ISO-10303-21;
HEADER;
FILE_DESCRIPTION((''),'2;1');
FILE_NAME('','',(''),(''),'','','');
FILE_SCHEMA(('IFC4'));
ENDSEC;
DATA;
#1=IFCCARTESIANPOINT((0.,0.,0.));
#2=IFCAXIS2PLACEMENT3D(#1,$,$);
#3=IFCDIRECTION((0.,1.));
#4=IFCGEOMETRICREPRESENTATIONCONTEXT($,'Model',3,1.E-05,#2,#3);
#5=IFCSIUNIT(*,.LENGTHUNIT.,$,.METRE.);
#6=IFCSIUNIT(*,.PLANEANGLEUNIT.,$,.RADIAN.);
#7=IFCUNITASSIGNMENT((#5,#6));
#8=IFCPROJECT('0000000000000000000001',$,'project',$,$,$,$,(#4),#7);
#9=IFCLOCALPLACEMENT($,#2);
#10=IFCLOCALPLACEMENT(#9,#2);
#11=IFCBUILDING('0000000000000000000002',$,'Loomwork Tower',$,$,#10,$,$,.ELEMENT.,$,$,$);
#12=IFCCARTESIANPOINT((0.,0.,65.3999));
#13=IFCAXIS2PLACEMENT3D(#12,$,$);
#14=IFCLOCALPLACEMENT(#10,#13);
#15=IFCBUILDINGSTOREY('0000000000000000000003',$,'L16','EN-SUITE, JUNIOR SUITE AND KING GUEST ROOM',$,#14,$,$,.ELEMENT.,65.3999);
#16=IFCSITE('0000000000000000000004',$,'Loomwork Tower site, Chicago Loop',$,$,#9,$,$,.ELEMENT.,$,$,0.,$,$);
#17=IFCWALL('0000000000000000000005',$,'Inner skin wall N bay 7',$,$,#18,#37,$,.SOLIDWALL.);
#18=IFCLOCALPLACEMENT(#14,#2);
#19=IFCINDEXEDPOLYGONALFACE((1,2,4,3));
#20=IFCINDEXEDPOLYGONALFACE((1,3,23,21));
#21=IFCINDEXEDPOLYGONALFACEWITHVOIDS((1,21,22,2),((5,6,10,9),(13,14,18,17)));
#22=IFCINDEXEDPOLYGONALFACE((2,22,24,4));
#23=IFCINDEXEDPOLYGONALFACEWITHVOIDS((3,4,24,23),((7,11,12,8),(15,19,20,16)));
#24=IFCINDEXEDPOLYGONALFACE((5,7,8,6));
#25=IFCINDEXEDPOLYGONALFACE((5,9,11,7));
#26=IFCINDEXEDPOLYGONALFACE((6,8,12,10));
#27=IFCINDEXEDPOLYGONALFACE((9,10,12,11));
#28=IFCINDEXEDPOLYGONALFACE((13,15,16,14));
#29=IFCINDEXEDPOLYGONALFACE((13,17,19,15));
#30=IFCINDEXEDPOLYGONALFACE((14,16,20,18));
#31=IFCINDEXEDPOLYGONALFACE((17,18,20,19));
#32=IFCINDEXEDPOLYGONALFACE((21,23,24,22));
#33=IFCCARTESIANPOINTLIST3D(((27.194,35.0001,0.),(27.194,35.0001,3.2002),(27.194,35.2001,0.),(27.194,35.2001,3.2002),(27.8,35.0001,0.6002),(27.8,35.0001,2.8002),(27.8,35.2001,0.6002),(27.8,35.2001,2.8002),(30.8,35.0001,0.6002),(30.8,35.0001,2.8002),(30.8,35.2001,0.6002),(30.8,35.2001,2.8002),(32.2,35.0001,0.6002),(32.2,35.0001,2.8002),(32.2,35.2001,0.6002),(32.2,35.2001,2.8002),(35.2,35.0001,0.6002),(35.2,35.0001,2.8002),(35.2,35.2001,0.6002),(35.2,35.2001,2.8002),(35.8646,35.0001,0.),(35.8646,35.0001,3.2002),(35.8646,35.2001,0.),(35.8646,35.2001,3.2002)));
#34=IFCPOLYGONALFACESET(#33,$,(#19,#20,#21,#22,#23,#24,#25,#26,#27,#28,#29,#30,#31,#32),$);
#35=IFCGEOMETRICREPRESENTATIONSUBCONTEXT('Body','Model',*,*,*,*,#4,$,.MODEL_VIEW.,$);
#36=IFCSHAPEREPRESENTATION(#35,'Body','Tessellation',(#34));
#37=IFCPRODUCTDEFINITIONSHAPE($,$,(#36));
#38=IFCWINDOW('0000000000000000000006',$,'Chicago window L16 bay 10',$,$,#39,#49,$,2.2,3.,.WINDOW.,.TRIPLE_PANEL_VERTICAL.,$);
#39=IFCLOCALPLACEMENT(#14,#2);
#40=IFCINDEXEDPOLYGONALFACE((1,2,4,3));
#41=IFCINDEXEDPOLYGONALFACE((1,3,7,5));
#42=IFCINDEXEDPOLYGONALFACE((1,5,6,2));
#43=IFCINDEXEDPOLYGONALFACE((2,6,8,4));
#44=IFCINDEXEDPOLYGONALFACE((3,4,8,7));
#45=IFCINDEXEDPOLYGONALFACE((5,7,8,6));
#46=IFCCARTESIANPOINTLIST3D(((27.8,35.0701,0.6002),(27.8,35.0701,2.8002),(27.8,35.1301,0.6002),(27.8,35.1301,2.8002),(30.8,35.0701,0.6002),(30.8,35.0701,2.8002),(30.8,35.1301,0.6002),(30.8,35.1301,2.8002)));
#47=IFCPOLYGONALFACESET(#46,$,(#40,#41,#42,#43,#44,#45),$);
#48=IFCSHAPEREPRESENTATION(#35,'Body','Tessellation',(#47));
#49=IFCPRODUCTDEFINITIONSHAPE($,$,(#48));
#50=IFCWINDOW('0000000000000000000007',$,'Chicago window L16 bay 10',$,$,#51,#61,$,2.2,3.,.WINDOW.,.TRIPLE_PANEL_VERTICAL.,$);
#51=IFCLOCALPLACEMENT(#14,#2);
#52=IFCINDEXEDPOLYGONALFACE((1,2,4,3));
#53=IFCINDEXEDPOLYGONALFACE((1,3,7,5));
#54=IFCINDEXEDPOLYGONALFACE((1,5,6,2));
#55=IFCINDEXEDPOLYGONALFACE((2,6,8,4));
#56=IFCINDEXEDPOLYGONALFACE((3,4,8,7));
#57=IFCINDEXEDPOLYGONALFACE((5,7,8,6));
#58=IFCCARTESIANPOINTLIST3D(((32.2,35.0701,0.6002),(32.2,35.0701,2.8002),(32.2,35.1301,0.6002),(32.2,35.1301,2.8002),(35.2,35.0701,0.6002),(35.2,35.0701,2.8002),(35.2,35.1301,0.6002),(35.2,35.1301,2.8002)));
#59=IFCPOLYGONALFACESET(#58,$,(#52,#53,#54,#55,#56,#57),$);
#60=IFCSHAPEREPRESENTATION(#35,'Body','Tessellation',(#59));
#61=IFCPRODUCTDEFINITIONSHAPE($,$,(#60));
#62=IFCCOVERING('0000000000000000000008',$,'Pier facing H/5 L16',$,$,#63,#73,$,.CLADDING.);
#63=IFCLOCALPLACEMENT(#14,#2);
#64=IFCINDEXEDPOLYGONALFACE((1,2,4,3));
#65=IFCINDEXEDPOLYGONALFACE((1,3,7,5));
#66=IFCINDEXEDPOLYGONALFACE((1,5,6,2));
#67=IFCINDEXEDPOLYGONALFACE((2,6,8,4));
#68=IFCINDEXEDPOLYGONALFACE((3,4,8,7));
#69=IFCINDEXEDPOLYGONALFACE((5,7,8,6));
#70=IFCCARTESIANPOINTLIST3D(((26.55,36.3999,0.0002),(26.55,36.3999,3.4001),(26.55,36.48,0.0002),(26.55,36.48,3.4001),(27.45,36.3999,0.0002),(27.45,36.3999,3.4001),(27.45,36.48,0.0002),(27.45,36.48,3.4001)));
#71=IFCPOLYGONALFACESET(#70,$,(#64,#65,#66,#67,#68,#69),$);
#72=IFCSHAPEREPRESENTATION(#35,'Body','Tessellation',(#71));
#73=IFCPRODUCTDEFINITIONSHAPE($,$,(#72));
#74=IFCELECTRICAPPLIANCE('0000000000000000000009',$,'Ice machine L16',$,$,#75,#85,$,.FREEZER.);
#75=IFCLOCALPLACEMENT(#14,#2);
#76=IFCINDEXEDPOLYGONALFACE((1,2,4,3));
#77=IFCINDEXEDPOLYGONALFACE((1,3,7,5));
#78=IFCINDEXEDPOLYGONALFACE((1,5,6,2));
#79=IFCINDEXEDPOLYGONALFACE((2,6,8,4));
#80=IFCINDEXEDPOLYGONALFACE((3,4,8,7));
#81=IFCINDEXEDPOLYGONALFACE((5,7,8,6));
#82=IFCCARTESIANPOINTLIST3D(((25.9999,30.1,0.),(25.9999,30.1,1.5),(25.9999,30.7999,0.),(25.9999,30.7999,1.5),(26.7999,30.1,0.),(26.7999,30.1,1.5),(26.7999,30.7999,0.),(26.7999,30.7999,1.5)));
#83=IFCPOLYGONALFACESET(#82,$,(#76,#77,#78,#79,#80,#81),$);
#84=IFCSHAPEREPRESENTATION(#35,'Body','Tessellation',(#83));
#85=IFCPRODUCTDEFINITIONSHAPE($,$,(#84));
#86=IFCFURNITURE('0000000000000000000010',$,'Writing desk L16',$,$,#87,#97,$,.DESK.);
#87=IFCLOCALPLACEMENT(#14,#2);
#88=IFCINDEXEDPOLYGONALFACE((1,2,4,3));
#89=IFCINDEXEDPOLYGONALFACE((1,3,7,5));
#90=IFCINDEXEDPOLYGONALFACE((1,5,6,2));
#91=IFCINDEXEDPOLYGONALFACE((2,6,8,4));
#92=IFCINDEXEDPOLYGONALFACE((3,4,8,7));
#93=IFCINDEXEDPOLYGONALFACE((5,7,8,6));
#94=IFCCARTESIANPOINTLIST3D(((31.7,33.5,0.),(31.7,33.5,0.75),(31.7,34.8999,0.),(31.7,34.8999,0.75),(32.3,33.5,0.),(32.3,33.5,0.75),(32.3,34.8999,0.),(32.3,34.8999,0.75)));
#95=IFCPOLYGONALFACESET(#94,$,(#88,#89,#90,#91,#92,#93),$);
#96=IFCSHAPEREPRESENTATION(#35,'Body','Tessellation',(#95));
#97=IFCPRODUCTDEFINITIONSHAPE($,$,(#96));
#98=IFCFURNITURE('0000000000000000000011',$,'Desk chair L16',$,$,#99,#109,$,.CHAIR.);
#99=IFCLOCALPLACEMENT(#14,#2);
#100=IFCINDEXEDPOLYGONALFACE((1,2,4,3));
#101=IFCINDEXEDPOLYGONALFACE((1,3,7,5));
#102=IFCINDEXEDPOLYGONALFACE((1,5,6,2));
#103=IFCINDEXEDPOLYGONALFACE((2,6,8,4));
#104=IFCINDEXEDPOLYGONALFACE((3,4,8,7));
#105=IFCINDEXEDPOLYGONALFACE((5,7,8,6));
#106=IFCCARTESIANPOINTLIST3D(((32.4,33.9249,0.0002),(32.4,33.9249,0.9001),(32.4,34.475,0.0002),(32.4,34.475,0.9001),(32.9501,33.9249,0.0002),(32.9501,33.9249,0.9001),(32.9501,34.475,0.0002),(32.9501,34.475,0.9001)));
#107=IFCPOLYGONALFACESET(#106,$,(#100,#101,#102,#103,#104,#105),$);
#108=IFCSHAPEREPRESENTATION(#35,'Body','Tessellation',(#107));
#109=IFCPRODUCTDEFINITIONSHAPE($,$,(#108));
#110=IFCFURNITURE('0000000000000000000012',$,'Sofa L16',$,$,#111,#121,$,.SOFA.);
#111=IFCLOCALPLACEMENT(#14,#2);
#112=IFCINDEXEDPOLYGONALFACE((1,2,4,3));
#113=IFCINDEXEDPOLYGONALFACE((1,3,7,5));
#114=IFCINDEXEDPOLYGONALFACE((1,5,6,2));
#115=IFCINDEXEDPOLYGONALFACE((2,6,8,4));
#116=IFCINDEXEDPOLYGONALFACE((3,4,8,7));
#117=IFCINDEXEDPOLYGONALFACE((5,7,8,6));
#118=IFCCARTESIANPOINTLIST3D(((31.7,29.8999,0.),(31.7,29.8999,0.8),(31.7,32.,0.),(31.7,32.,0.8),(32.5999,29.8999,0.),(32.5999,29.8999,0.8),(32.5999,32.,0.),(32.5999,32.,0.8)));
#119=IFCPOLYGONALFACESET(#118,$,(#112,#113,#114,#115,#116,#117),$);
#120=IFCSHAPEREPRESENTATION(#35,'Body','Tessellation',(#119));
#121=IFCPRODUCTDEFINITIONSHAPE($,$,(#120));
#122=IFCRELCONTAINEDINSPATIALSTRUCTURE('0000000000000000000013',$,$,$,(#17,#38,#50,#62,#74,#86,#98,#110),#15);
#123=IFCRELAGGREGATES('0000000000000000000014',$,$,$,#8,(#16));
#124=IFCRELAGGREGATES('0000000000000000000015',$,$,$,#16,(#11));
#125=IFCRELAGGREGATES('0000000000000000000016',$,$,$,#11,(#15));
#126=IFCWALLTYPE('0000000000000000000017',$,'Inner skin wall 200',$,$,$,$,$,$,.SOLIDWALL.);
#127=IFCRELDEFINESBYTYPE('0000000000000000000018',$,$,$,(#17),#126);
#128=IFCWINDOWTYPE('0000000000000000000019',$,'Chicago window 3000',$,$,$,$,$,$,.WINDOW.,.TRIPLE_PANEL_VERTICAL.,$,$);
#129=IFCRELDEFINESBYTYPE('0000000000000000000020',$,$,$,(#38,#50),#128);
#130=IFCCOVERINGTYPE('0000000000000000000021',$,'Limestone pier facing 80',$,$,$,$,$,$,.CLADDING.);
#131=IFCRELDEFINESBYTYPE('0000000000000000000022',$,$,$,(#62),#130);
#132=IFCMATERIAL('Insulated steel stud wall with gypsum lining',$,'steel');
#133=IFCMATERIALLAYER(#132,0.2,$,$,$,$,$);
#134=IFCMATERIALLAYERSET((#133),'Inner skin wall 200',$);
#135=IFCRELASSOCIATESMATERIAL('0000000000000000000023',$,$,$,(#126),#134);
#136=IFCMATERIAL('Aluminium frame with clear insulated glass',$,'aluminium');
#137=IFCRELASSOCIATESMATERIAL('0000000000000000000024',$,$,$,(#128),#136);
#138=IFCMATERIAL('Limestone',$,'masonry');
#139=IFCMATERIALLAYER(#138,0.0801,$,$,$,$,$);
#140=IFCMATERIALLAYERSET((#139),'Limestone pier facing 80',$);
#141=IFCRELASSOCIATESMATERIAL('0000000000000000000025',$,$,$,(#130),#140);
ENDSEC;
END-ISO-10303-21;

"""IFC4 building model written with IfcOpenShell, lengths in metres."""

from ifc_helpers import new_model, si_unit, direction, frame, frame_2d, origin, origin_2d, place, context, subcontext, project, spatial, rectangle, extrude, material, layer, layer_set, type_object, element, fill, save


model = new_model("IFC4")

# Units and contexts
model_context = context("Model", 3, precision=1e-05, world=origin(), true_north=direction((0.0, 1.0)))
body_context = subcontext(model_context, "Body", "Model", "MODEL_VIEW")
ifc_project = project(units=[si_unit("LENGTHUNIT", "METRE"), si_unit("PLANEANGLEUNIT", "RADIAN")], contexts=[model_context])

# Site, building, storey
site_placement = place(None, origin())
site = spatial("IfcSite", under=ifc_project, at=site_placement, Name="Loomwork Tower site, Chicago Loop", CompositionType="ELEMENT", RefElevation=0.0)
building_placement = place(site_placement, origin())
building = spatial("IfcBuilding", under=site, at=building_placement, Name="Loomwork Tower", CompositionType="ELEMENT")
storey_placement = place(building_placement, frame((0.0, 0.0, 65.3999)))
storey = spatial("IfcBuildingStorey", under=building, at=storey_placement, Name="L16", Description="EN-SUITE, JUNIOR SUITE AND KING GUEST ROOM", CompositionType="ELEMENT", Elevation=65.3999)

# Shared definitions
ifc_material_1 = material(Name="Insulated steel stud wall with gypsum lining", Category="steel")
ifc_layer_1 = layer(ifc_material_1, 0.2)
ifc_layer_set_1 = layer_set([ifc_layer_1], Name="Inner skin wall 200")
wall_type = type_object("IfcWallType", Name="Inner skin wall 200", PredefinedType="SOLIDWALL", material=ifc_layer_set_1)

# Wall, openings, windows
wall_1_placement = place(storey_placement, frame((27.1938, 35.1001, 0.0), z_axis=(0.0, 0.0, 1.0), x_axis=(1.0, 0.0, 0.0)))
wall_1 = element("IfcWall", 1, at=wall_1_placement, inside=storey, type_object=wall_type, Name="Inner skin wall N bay 7", PredefinedType="SOLIDWALL", context=body_context, shape_type="SweptSolid", body=[
    extrude(rectangle(XDim=8.6707, YDim=0.2, at=frame_2d((4.3354, 0.0))), origin(), (0.0, 0.0, 1.0), 3.2002),
])
opening_1_placement = place(wall_1_placement, frame((0.6062, 0.0, 0.6001)))
opening_1 = element("IfcOpeningElement", 2, at=opening_1_placement, cuts=wall_1, PredefinedType="OPENING", context=body_context, shape_type="SweptSolid", body=[
    extrude(rectangle(XDim=3.0, YDim=2.2, at=frame_2d((1.5, 1.1001))), frame((0.0, 0.1099, 0.0), z_axis=(0.0, -1.0, 0.0), x_axis=(1.0, 0.0, 0.0)), (0.0, 0.0, 1.0), 0.22),
])
opening_2_placement = place(wall_1_placement, frame((5.0061, 0.0, 0.6001)))
opening_2 = element("IfcOpeningElement", 3, at=opening_2_placement, cuts=wall_1, PredefinedType="OPENING", context=body_context, shape_type="SweptSolid", body=[
    extrude(rectangle(XDim=3.0, YDim=2.2, at=frame_2d((1.5, 1.1001))), frame((0.0, 0.1099, 0.0), z_axis=(0.0, -1.0, 0.0), x_axis=(1.0, 0.0, 0.0)), (0.0, 0.0, 1.0), 0.22),
])
ifc_material_2 = material(Name="Aluminium frame with clear insulated glass", Category="aluminium")
window_type = type_object("IfcWindowType", Name="Chicago window 3000", PartitioningType="TRIPLE_PANEL_VERTICAL", PredefinedType="WINDOW", material=ifc_material_2)
window_1_placement = place(opening_1_placement, origin())
window_1 = element("IfcWindow", 4, at=window_1_placement, inside=storey, type_object=window_type, Name="Chicago window L16 bay 10", OverallHeight=2.2, OverallWidth=3.0, PartitioningType="TRIPLE_PANEL_VERTICAL", PredefinedType="WINDOW", context=body_context, shape_type="SweptSolid", body=[
    extrude(rectangle(XDim=3.0, YDim=2.2, at=frame_2d((1.5, 1.1001))), frame((0.0, 0.03, 0.0), z_axis=(0.0, -1.0, 0.0), x_axis=(1.0, 0.0, 0.0)), (0.0, 0.0, 1.0), 0.0601),
])
fill(opening_1, window_1)
window_2_placement = place(opening_2_placement, origin())
window_2 = element("IfcWindow", 5, at=window_2_placement, inside=storey, type_object=window_type, Name="Chicago window L16 bay 10", OverallHeight=2.2, OverallWidth=3.0, PartitioningType="TRIPLE_PANEL_VERTICAL", PredefinedType="WINDOW", context=body_context, shape_type="SweptSolid", body=[
    extrude(rectangle(XDim=3.0, YDim=2.2, at=frame_2d((1.5, 1.1001))), frame((0.0, 0.03, 0.0), z_axis=(0.0, -1.0, 0.0), x_axis=(1.0, 0.0, 0.0)), (0.0, 0.0, 1.0), 0.0601),
])
fill(opening_2, window_2)

# Covering
ifc_material_3 = material(Name="Limestone", Category="masonry")
ifc_layer_2 = layer(ifc_material_3, 0.0801)
ifc_layer_set_2 = layer_set([ifc_layer_2], Name="Limestone pier facing 80")
covering_type = type_object("IfcCoveringType", Name="Limestone pier facing 80", PredefinedType="CLADDING", material=ifc_layer_set_2)
covering_placement = place(storey_placement, frame((27.0, 36.4399, 0.0002), z_axis=(0.0, 0.0, 1.0), x_axis=(1.0, 0.0, 0.0)))
element("IfcCovering", 6, at=covering_placement, inside=storey, type_object=covering_type, Name="Pier facing H/5 L16", PredefinedType="CLADDING", context=body_context, shape_type="SweptSolid", body=[
    extrude(rectangle(XDim=0.8999, YDim=0.0801, at=origin_2d()), origin(), (0.0, 0.0, 1.0), 3.3999),
])

# Electric appliance
electric_appliance_placement = place(storey_placement, frame((26.3999, 30.45, 0.0), z_axis=(0.0, 0.0, 1.0), x_axis=(1.0, 0.0, 0.0)))
element("IfcElectricAppliance", 7, at=electric_appliance_placement, inside=storey, Name="Ice machine L16", PredefinedType="FREEZER", context=body_context, shape_type="SweptSolid", body=[
    extrude(rectangle(XDim=0.8, YDim=0.7, at=origin_2d()), origin(), (0.0, 0.0, 1.0), 1.5),
])

# Furniture
furniture_1_placement = place(storey_placement, frame((32.0, 34.2, 0.0), z_axis=(0.0, 0.0, 1.0), x_axis=(1.0, 0.0, 0.0)))
element("IfcFurniture", 8, at=furniture_1_placement, inside=storey, Name="Writing desk L16", PredefinedType="DESK", context=body_context, shape_type="SweptSolid", body=[
    extrude(rectangle(XDim=0.6001, YDim=1.3999, at=origin_2d()), origin(), (0.0, 0.0, 1.0), 0.75),
])
furniture_2_placement = place(storey_placement, frame((32.675, 34.2, 0.0002), z_axis=(0.0, 0.0, 1.0), x_axis=(1.0, 0.0, 0.0)))
element("IfcFurniture", 9, at=furniture_2_placement, inside=storey, Name="Desk chair L16", PredefinedType="CHAIR", context=body_context, shape_type="SweptSolid", body=[
    extrude(rectangle(XDim=0.55, YDim=0.55, at=origin_2d()), origin(), (0.0, 0.0, 1.0), 0.8999),
])
furniture_3_placement = place(storey_placement, frame((32.1499, 30.95, 0.0), z_axis=(0.0, 0.0, 1.0), x_axis=(1.0, 0.0, 0.0)))
element("IfcFurniture", 10, at=furniture_3_placement, inside=storey, Name="Sofa L16", PredefinedType="SOFA", context=body_context, shape_type="SweptSolid", body=[
    extrude(rectangle(XDim=0.8999, YDim=2.1001, at=origin_2d()), origin(), (0.0, 0.0, 1.0), 0.8),
])

save(model, "model.ifc")
